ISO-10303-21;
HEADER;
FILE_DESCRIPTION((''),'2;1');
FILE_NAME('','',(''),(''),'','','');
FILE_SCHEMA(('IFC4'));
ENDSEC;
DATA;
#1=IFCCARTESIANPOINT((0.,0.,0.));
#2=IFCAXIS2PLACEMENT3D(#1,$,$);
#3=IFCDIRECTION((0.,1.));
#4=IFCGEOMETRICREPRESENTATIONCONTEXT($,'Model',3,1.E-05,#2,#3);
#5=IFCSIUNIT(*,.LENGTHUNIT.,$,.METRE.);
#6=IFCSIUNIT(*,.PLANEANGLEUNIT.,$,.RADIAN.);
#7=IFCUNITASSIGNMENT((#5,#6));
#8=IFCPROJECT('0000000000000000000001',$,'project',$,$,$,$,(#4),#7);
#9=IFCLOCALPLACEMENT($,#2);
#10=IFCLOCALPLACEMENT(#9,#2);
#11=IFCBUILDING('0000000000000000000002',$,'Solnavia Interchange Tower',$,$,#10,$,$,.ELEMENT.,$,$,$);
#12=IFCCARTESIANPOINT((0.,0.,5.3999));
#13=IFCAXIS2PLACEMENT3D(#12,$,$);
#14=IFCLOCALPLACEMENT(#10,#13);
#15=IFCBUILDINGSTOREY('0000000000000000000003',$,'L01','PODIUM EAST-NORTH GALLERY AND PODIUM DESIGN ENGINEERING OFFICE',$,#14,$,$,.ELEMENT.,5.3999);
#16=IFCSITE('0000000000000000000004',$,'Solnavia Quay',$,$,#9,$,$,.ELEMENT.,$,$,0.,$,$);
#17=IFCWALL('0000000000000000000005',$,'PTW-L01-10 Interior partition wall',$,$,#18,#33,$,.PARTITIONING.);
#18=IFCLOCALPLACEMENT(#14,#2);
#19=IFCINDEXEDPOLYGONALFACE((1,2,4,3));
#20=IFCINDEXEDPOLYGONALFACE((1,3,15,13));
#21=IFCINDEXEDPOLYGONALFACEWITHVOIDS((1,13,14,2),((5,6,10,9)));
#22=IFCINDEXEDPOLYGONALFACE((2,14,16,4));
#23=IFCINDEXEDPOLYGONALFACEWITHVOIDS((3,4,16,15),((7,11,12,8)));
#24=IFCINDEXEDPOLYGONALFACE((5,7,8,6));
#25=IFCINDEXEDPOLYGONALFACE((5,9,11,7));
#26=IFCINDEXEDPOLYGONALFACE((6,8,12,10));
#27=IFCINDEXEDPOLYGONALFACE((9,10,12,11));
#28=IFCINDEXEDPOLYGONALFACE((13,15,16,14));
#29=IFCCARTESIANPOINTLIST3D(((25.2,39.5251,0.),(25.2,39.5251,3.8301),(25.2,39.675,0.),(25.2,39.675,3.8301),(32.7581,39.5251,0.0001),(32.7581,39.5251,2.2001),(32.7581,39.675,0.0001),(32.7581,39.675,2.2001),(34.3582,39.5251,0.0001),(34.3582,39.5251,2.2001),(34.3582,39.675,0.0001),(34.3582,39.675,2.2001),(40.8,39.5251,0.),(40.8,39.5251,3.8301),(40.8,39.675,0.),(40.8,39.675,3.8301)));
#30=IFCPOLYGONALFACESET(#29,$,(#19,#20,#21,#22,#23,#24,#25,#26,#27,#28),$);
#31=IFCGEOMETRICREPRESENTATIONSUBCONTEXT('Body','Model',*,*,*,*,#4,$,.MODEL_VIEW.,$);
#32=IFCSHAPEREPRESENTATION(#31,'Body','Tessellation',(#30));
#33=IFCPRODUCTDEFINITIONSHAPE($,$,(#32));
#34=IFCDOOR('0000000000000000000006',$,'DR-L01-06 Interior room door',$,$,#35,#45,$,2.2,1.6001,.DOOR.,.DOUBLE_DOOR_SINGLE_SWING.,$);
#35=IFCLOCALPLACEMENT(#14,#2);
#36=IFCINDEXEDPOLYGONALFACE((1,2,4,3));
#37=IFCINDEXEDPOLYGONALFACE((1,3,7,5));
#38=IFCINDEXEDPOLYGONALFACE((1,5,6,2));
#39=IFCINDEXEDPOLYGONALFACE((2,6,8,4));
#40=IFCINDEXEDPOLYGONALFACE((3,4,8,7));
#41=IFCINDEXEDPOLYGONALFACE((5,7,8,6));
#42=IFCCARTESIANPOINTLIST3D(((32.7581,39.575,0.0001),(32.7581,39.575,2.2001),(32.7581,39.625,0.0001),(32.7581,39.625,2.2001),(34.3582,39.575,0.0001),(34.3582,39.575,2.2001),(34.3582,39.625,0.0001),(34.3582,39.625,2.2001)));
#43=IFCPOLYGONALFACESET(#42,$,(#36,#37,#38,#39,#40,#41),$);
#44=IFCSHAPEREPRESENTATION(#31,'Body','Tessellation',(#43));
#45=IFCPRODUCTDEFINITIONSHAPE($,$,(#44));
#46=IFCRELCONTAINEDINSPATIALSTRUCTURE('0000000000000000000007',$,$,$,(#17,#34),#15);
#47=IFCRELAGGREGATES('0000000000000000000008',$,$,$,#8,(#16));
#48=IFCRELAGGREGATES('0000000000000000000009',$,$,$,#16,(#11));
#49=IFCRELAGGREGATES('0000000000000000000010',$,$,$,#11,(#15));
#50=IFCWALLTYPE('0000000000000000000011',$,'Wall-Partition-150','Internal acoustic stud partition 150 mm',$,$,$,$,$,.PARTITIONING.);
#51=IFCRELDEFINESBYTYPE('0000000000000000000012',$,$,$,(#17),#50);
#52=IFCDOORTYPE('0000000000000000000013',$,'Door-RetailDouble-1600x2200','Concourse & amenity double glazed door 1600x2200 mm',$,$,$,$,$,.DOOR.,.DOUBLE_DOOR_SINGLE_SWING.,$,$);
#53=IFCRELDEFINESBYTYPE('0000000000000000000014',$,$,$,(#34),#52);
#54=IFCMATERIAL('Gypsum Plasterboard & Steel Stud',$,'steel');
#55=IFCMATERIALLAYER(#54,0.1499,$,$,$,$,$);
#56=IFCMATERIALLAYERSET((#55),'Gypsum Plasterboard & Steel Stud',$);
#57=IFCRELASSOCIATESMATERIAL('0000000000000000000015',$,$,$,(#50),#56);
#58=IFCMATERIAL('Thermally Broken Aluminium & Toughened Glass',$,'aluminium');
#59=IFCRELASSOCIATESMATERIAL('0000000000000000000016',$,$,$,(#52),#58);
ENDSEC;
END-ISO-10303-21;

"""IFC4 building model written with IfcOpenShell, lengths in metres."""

from ifc_helpers import new_model, si_unit, direction, frame, frame_2d, origin, place, context, subcontext, project, spatial, rectangle, extrude, material, layer, layer_set, type_object, element, fill, save


model = new_model("IFC4")

# Units and contexts
model_context = context("Model", 3, precision=1e-05, world=origin(), true_north=direction((0.0, 1.0)))
body_context = subcontext(model_context, "Body", "Model", "MODEL_VIEW")
ifc_project = project(units=[si_unit("LENGTHUNIT", "METRE"), si_unit("PLANEANGLEUNIT", "RADIAN")], contexts=[model_context])

# Site, building, storey
site_placement = place(None, origin())
site = spatial("IfcSite", under=ifc_project, at=site_placement, Name="Solnavia Quay", CompositionType="ELEMENT", RefElevation=0.0)
building_placement = place(site_placement, origin())
building = spatial("IfcBuilding", under=site, at=building_placement, Name="Solnavia Interchange Tower", CompositionType="ELEMENT")
storey_placement = place(building_placement, frame((0.0, 0.0, 5.3999)))
storey = spatial("IfcBuildingStorey", under=building, at=storey_placement, Name="L01", Description="PODIUM EAST-NORTH GALLERY AND PODIUM DESIGN ENGINEERING OFFICE", CompositionType="ELEMENT", Elevation=5.3999)

# Shared definitions
ifc_material_1 = material(Name="Gypsum Plasterboard & Steel Stud", Category="steel")
ifc_layer_1 = layer(ifc_material_1, 0.1499)
ifc_layer_set_1 = layer_set([ifc_layer_1], Name="Gypsum Plasterboard & Steel Stud")
wall_type_1 = type_object("IfcWallType", Name="Wall-Partition-150", Description="Internal acoustic stud partition 150 mm", PredefinedType="PARTITIONING", material=ifc_layer_set_1)

# Wall, opening, door
wall_1_placement = place(storey_placement, frame((25.2, 39.6001, 0.0), z_axis=(0.0, 0.0, 1.0), x_axis=(1.0, 0.0, 0.0)))
wall_1 = element("IfcWall", 1, at=wall_1_placement, inside=storey, type_object=wall_type_1, Name="PTW-L01-10 Interior partition wall", PredefinedType="PARTITIONING", context=body_context, shape_type="SweptSolid", body=[
    extrude(rectangle(XDim=15.6001, YDim=0.1499, at=frame_2d((7.8, 0.0))), origin(), (0.0, 0.0, 1.0), 3.8301),
])
opening_1_placement = place(wall_1_placement, frame((7.5581, 0.0, 0.0)))
opening_1 = element("IfcOpeningElement", 2, at=opening_1_placement, cuts=wall_1, PredefinedType="OPENING", context=body_context, shape_type="SweptSolid", body=[
    extrude(rectangle(XDim=1.6001, YDim=2.2, at=frame_2d((0.8, 1.1001))), frame((0.0, 0.085, 0.0), z_axis=(0.0, -1.0, 0.0), x_axis=(1.0, 0.0, 0.0)), (0.0, 0.0, 1.0), 0.1699),
])
ifc_material_2 = material(Name="Thermally Broken Aluminium & Toughened Glass", Category="aluminium")
door_type = type_object("IfcDoorType", Name="Door-RetailDouble-1600x2200", Description="Concourse & amenity double glazed door 1600x2200 mm", OperationType="DOUBLE_DOOR_SINGLE_SWING", PredefinedType="DOOR", material=ifc_material_2)
door_placement = place(opening_1_placement, origin())
door = element("IfcDoor", 3, at=door_placement, inside=storey, type_object=door_type, Name="DR-L01-06 Interior room door", OperationType="DOUBLE_DOOR_SINGLE_SWING", OverallHeight=2.2, OverallWidth=1.6001, PredefinedType="DOOR", context=body_context, shape_type="SweptSolid", body=[
    extrude(rectangle(XDim=1.6001, YDim=2.2, at=frame_2d((0.8, 1.1001))), frame((0.0, 0.0249, 0.0), z_axis=(0.0, -1.0, 0.0), x_axis=(1.0, 0.0, 0.0)), (0.0, 0.0, 1.0), 0.05),
])
fill(opening_1, door)

save(model, "model.ifc")
